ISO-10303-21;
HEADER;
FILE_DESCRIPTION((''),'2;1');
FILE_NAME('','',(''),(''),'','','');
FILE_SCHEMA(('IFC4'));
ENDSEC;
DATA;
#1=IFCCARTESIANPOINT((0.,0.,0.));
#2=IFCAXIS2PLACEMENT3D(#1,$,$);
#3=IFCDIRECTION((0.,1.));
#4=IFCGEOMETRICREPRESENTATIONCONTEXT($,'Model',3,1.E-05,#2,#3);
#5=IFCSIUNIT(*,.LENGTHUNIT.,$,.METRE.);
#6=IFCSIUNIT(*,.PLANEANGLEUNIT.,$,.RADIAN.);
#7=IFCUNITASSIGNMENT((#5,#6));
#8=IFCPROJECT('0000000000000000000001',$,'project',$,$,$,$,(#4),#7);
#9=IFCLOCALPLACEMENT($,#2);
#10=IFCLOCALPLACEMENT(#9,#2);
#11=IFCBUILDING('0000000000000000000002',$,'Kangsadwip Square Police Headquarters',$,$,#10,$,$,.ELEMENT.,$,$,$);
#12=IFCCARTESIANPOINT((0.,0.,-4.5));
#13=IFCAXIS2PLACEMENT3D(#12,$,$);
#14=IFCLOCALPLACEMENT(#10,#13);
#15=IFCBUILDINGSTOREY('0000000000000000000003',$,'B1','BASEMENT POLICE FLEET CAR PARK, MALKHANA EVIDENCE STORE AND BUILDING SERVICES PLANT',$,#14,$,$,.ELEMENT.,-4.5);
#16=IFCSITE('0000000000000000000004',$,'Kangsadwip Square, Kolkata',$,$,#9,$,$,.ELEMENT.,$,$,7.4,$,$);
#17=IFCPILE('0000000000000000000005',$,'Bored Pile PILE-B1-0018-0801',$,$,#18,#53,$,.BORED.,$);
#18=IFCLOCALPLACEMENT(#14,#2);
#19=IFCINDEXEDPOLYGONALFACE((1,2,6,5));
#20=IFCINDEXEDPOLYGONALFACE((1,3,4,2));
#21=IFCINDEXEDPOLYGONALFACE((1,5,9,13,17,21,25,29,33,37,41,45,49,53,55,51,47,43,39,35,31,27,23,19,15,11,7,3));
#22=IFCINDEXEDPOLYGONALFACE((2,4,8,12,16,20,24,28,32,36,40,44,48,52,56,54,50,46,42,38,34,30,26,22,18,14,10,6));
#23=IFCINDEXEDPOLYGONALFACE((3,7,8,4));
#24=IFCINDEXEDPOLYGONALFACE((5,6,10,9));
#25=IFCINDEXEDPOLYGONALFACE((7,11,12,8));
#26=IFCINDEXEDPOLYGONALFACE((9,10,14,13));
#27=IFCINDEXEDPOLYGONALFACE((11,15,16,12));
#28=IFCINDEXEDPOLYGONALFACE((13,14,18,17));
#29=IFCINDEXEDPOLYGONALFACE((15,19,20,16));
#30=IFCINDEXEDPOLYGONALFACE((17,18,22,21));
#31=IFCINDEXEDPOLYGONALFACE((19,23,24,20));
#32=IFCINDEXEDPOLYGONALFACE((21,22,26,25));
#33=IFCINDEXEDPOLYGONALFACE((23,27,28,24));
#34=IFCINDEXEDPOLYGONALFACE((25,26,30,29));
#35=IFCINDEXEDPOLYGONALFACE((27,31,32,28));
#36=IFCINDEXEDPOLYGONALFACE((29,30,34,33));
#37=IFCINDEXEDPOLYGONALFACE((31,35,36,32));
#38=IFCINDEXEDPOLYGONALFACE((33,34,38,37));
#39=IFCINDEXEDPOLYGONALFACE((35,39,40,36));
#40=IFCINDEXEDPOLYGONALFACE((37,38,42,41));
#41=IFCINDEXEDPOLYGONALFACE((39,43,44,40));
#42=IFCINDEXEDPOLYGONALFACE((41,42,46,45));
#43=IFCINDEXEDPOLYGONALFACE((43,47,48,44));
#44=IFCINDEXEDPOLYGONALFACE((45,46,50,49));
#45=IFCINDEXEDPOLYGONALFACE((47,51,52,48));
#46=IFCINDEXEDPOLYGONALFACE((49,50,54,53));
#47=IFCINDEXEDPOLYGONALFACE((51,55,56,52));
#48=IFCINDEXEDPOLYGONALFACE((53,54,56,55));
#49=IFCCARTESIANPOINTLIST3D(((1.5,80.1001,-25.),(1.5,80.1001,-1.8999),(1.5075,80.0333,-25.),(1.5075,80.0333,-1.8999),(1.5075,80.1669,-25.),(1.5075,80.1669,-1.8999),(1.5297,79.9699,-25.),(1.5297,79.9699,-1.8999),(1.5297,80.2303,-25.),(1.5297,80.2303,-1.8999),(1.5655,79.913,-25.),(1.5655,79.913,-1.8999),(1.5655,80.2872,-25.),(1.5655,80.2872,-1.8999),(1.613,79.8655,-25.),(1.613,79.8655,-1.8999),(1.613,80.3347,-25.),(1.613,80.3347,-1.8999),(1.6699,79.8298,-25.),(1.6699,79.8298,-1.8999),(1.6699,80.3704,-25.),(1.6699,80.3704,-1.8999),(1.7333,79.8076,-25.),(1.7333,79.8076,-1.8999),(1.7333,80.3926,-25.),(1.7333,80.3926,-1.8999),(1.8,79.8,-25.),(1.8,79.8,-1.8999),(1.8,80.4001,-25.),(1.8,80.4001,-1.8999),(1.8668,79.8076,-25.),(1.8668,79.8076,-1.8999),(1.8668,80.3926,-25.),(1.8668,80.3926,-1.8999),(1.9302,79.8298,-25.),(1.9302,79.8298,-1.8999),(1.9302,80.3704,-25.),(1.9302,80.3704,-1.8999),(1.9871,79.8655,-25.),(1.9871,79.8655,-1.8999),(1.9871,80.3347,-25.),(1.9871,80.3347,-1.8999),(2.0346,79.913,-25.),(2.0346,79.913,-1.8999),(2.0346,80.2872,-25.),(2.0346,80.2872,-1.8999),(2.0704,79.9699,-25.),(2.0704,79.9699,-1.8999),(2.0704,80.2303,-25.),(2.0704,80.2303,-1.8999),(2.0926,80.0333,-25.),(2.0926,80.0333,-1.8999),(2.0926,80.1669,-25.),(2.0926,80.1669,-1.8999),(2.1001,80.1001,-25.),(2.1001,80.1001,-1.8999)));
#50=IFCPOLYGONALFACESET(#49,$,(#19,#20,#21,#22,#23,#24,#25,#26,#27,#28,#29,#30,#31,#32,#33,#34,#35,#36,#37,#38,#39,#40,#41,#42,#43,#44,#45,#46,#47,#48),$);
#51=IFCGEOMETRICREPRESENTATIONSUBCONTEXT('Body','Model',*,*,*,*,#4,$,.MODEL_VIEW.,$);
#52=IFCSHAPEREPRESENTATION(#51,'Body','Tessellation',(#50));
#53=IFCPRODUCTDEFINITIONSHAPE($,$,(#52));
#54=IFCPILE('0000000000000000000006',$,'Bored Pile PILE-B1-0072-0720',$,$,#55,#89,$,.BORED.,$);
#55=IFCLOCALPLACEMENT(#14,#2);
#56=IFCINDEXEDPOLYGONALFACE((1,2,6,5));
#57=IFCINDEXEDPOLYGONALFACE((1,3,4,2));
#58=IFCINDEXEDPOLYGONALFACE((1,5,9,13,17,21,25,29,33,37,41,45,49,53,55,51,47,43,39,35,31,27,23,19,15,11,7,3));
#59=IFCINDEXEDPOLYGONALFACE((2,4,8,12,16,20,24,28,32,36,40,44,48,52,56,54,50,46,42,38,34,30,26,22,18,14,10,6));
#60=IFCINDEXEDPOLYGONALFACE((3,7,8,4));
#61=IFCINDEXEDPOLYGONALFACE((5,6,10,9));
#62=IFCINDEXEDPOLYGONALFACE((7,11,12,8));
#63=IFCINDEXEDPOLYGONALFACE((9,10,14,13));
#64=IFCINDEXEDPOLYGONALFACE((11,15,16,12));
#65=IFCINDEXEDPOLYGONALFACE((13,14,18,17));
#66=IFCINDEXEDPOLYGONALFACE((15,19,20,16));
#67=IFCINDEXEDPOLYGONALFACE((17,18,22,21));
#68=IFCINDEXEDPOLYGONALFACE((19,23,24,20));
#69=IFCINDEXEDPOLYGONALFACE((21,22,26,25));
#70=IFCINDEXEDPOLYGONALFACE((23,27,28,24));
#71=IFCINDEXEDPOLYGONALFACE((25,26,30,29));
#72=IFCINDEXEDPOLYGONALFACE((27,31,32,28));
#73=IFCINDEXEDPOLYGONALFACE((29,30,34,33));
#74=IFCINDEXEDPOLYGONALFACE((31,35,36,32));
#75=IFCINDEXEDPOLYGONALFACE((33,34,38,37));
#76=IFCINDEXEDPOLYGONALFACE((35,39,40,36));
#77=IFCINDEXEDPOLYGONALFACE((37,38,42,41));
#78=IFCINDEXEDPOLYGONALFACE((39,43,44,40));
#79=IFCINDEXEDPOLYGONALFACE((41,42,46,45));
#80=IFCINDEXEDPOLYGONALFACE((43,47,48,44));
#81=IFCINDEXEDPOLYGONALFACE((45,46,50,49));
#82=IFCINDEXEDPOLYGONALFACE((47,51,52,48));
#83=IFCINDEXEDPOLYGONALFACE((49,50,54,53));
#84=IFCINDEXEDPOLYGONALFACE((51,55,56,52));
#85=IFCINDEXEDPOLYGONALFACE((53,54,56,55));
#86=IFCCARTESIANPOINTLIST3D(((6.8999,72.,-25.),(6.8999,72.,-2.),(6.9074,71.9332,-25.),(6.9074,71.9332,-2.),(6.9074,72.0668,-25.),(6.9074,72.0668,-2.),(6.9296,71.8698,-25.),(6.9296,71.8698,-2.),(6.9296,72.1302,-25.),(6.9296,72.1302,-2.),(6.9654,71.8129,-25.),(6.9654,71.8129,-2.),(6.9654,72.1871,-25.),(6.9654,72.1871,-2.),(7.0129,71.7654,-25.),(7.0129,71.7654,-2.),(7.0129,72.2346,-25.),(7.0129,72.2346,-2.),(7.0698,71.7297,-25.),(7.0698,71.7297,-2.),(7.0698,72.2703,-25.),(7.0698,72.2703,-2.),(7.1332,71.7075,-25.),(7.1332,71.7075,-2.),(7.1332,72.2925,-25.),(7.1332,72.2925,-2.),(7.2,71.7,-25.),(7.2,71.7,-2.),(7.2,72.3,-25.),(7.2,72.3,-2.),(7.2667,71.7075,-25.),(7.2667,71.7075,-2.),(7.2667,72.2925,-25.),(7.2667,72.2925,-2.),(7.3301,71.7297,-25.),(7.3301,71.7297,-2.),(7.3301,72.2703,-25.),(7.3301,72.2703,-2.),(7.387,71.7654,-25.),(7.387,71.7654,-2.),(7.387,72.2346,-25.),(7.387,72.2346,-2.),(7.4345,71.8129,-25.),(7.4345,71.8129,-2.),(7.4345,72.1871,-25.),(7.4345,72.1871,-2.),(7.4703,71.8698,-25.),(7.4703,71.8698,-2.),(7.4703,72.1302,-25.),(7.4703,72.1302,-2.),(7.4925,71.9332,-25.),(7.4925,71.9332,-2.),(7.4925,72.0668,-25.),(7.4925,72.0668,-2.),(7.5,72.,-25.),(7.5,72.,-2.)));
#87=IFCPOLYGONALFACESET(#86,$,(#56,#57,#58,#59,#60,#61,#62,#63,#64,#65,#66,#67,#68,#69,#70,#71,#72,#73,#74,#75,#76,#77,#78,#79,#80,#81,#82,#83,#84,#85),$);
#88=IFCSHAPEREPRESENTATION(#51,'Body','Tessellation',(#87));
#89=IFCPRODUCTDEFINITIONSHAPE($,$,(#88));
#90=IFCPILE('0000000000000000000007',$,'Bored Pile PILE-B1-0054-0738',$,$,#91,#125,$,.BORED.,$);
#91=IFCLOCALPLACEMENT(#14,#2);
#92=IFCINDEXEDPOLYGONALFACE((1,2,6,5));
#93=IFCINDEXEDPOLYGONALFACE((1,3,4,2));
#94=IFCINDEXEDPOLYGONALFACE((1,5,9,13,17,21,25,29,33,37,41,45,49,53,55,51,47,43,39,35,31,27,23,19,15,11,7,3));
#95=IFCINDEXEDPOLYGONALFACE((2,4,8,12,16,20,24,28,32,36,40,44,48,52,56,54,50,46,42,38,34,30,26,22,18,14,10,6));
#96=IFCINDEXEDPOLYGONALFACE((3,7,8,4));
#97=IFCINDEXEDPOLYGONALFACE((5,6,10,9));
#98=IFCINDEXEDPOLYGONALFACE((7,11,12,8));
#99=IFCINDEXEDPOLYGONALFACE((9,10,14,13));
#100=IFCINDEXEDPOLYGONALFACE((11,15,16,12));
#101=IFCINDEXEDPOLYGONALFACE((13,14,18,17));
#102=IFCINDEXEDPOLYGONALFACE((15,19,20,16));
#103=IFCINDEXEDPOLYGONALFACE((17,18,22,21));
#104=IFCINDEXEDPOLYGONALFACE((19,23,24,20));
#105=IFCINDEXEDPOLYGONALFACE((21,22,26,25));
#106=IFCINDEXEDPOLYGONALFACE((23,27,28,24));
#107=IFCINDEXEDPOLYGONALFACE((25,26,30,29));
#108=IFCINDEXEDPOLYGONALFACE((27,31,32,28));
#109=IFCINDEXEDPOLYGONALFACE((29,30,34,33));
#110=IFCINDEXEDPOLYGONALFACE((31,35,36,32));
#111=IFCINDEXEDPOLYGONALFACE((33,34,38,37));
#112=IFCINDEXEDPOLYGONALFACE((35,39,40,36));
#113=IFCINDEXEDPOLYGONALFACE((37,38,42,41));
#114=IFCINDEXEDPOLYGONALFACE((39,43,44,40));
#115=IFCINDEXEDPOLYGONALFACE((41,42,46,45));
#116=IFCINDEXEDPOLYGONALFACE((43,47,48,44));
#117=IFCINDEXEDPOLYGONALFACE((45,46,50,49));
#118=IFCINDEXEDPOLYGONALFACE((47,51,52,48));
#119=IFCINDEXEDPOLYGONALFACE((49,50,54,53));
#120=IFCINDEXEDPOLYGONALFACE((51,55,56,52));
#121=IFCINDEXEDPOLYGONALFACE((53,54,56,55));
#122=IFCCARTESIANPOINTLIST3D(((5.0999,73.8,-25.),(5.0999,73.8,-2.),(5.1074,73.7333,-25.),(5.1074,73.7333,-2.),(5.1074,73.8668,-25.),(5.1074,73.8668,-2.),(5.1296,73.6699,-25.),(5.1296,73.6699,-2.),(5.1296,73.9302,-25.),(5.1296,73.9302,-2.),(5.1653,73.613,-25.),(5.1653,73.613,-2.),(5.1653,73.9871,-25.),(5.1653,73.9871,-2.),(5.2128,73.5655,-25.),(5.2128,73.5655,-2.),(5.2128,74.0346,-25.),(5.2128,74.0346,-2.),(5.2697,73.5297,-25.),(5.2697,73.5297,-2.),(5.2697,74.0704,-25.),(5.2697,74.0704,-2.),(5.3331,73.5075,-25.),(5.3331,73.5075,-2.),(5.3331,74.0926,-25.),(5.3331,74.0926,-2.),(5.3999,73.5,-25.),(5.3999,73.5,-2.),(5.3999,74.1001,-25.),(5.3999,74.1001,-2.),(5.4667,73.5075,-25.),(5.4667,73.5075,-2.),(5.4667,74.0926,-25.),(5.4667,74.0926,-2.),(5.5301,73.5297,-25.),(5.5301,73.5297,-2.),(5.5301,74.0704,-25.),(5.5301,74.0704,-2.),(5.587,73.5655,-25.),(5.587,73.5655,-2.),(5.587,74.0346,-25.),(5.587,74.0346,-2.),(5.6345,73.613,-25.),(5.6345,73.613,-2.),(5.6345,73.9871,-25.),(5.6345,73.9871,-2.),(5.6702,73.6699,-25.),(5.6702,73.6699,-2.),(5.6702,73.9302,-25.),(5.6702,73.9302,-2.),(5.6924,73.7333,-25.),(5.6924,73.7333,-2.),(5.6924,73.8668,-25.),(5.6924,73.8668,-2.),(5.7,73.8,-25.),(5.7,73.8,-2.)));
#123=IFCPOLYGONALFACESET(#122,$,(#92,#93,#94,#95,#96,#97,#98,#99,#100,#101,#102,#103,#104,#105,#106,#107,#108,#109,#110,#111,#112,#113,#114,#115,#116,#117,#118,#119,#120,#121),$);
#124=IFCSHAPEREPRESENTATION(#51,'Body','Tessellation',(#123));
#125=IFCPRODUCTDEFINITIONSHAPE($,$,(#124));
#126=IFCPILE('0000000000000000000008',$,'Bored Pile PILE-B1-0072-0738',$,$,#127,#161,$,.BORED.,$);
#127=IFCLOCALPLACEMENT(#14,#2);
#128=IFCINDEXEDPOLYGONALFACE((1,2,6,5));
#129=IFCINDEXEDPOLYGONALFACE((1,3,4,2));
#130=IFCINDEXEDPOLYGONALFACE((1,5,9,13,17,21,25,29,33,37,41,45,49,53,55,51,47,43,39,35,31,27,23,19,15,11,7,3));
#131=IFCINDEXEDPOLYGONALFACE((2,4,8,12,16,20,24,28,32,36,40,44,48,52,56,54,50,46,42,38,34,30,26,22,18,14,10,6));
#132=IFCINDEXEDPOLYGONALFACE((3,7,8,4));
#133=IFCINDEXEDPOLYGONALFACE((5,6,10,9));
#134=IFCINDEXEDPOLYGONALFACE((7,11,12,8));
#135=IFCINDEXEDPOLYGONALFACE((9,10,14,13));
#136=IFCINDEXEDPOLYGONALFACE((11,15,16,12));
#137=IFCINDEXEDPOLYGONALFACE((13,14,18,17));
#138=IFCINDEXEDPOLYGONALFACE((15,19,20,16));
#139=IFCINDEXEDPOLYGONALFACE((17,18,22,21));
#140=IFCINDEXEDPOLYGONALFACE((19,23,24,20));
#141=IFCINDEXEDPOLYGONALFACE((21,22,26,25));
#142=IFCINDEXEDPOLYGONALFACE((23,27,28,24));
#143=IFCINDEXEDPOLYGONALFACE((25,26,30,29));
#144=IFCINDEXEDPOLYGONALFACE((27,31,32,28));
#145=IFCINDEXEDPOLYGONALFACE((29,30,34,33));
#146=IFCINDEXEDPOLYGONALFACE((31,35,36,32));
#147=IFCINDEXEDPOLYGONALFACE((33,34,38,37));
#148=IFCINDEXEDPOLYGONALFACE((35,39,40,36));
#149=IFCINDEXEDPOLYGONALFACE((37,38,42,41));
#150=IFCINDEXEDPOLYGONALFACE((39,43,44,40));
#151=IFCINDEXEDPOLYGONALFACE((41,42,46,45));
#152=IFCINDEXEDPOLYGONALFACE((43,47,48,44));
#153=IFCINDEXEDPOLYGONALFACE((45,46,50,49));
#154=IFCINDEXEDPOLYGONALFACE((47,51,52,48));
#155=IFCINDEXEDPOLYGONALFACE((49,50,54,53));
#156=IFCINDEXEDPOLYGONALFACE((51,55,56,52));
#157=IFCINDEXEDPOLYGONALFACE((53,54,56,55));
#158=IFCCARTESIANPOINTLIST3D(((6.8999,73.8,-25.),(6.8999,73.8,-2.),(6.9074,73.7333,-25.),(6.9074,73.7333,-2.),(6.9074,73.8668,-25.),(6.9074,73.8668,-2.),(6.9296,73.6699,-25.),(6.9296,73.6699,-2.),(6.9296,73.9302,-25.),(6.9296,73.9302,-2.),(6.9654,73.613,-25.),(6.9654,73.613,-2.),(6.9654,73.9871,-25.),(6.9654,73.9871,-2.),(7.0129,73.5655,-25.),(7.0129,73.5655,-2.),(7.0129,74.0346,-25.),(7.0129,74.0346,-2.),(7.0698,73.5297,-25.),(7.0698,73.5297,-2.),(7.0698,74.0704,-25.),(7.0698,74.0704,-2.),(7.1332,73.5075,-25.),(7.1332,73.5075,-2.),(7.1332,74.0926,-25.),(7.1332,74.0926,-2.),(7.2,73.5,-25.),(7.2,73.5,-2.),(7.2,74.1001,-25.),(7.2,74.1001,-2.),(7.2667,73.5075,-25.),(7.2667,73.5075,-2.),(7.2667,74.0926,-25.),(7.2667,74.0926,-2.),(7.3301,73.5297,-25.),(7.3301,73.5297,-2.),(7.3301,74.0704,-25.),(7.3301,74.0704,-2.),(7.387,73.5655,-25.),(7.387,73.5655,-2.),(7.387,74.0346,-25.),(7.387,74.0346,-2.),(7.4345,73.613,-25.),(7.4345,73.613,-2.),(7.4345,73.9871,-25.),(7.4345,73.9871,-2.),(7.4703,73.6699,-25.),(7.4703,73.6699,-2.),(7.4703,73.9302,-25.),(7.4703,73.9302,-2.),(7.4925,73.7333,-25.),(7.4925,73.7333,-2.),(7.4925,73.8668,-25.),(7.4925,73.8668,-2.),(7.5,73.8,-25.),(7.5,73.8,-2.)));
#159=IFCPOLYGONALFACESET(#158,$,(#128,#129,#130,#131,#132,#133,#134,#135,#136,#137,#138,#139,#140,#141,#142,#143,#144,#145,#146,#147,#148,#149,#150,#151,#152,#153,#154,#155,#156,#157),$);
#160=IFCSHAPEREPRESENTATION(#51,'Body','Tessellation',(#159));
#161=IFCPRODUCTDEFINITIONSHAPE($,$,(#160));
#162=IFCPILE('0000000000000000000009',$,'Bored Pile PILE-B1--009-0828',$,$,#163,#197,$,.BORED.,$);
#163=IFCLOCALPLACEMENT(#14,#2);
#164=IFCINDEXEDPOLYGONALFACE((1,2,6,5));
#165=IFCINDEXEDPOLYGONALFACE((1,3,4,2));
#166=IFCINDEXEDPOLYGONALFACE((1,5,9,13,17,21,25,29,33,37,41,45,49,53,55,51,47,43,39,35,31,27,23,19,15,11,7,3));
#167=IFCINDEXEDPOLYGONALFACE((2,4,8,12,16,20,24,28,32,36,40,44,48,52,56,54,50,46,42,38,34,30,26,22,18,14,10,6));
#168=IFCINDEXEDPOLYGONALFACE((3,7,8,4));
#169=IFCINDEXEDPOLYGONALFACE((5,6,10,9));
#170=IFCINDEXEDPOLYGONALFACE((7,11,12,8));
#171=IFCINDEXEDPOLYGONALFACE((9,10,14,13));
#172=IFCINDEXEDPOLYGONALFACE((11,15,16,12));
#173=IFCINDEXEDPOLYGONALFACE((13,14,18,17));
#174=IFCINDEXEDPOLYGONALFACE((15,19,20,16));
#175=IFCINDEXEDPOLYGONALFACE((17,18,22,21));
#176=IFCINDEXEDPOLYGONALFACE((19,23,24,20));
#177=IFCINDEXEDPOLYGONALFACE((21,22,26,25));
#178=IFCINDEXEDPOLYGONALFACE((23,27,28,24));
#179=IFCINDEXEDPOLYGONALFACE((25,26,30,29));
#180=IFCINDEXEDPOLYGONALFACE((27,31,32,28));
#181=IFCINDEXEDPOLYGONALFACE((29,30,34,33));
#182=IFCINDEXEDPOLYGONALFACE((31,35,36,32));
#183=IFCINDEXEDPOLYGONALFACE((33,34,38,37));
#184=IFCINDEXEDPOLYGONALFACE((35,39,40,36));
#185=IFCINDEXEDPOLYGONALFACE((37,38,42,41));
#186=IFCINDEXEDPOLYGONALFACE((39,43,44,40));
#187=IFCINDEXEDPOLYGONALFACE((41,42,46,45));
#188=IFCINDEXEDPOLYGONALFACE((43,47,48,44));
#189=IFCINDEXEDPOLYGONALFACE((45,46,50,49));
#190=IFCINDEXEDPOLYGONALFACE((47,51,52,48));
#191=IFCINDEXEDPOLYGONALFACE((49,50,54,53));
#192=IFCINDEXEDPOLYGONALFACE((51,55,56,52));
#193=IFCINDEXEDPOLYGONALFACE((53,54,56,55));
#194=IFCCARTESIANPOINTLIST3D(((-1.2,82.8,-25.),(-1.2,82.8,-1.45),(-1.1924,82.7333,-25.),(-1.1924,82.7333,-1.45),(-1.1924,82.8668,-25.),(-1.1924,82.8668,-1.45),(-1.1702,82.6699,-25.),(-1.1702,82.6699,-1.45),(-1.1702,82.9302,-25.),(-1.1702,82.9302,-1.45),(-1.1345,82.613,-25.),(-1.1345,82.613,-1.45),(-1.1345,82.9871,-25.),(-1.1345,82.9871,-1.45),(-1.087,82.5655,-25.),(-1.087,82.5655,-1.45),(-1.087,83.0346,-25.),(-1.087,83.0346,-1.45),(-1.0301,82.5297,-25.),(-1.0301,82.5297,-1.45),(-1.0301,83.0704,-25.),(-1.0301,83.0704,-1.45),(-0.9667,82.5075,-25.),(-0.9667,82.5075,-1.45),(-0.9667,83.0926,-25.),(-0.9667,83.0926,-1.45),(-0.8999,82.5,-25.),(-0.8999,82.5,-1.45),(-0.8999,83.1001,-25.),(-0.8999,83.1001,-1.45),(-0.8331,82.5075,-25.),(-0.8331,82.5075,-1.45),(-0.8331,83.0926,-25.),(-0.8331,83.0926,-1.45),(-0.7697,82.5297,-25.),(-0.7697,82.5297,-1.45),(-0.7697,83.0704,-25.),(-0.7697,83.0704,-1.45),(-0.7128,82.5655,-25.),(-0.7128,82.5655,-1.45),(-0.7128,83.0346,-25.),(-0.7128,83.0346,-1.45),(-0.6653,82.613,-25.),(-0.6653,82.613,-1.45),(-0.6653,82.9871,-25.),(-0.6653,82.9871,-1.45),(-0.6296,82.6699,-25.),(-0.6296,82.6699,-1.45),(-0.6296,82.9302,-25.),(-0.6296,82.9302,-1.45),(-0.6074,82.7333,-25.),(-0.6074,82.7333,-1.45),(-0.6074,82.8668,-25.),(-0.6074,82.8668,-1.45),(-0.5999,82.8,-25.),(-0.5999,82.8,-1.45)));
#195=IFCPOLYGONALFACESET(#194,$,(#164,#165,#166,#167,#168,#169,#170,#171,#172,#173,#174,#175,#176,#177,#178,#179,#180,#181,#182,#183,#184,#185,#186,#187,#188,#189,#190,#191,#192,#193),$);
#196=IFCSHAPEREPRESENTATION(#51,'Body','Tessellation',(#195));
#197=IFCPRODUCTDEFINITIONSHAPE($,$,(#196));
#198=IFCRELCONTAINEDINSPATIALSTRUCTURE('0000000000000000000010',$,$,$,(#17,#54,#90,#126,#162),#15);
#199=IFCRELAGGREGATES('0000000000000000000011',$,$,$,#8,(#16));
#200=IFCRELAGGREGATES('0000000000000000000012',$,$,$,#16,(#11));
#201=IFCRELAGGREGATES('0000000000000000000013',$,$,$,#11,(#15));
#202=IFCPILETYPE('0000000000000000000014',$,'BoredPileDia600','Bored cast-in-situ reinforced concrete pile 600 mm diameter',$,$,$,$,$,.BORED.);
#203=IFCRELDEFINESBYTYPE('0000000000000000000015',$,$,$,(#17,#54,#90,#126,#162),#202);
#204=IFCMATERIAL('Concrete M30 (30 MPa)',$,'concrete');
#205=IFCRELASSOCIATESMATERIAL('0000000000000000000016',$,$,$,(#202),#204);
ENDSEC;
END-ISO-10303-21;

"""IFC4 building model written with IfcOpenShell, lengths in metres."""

from ifc_helpers import new_model, si_unit, direction, frame, origin, origin_2d, place, context, subcontext, project, spatial, circle, extrude, material, material_profile, profile_set, type_object, element, save


model = new_model("IFC4")

# Units and contexts
model_context = context("Model", 3, precision=1e-05, world=origin(), true_north=direction((0.0, 1.0)))
body_context = subcontext(model_context, "Body", "Model", "MODEL_VIEW")
ifc_project = project(units=[si_unit("LENGTHUNIT", "METRE"), si_unit("PLANEANGLEUNIT", "RADIAN")], contexts=[model_context])

# Site, building, storey
site_placement = place(None, origin())
site = spatial("IfcSite", under=ifc_project, at=site_placement, Name="Kangsadwip Square, Kolkata", CompositionType="ELEMENT", RefElevation=7.4)
building_placement = place(site_placement, origin())
building = spatial("IfcBuilding", under=site, at=building_placement, Name="Kangsadwip Square Police Headquarters", CompositionType="ELEMENT")
storey_placement = place(building_placement, frame((0.0, 0.0, -4.5)))
storey = spatial("IfcBuildingStorey", under=building, at=storey_placement, Name="B1", Description="BASEMENT POLICE FLEET CAR PARK, MALKHANA EVIDENCE STORE AND BUILDING SERVICES PLANT", CompositionType="ELEMENT", Elevation=-4.5)

# Piles
ifc_material_1 = material(Name="Concrete M30 (30 MPa)", Category="concrete")
ifc_material_profile_1 = material_profile(ifc_material_1, circle(Radius=0.3, at=origin_2d()), Name="PILE DIA 600")
ifc_profile_set_1 = profile_set([ifc_material_profile_1], Name="Concrete M30 (30 MPa)")
pile_type_1 = type_object("IfcPileType", Name="BoredPileDia600", Description="Bored cast-in-situ reinforced concrete pile 600 mm diameter", PredefinedType="BORED", material=ifc_profile_set_1)
for number, where, z_axis, x_axis, name in (
    (1, (1.8, 80.1001, -1.8999), (0.0, 0.0, -1.0), (1.0, 0.0, 0.0), "Bored Pile PILE-B1-0018-0801"),
):
    element("IfcPile", number, at=place(storey_placement, frame(where, z_axis=z_axis, x_axis=x_axis)), inside=storey, type_object=pile_type_1, Name=name, PredefinedType="BORED", context=body_context, shape_type="SweptSolid", body=[
        extrude(circle(Radius=0.3, at=origin_2d()), origin(), (0.0, 0.0, 1.0), 23.1001),
    ])
for number, where, z_axis, x_axis, name in (
    (2, (7.2, 72.0, -2.0), (0.0, 0.0, -1.0), (1.0, 0.0, 0.0), "Bored Pile PILE-B1-0072-0720"),
    (3, (5.3999, 73.8, -2.0), (0.0, 0.0, -1.0), (1.0, 0.0, 0.0), "Bored Pile PILE-B1-0054-0738"),
    (4, (7.2, 73.8, -2.0), (0.0, 0.0, -1.0), (1.0, 0.0, 0.0), "Bored Pile PILE-B1-0072-0738"),
):
    element("IfcPile", number, at=place(storey_placement, frame(where, z_axis=z_axis, x_axis=x_axis)), inside=storey, type_object=pile_type_1, Name=name, PredefinedType="BORED", context=body_context, shape_type="SweptSolid", body=[
        extrude(circle(Radius=0.3, at=origin_2d()), origin(), (0.0, 0.0, 1.0), 23.0),
    ])
pile_1_placement = place(storey_placement, frame((-0.8999, 82.8, -1.45), z_axis=(0.0, 0.0, -1.0), x_axis=(1.0, 0.0, 0.0)))
element("IfcPile", 5, at=pile_1_placement, inside=storey, type_object=pile_type_1, Name="Bored Pile PILE-B1--009-0828", PredefinedType="BORED", context=body_context, shape_type="SweptSolid", body=[
    extrude(circle(Radius=0.3, at=origin_2d()), origin(), (0.0, 0.0, 1.0), 23.55),
])

save(model, "model.ifc")
